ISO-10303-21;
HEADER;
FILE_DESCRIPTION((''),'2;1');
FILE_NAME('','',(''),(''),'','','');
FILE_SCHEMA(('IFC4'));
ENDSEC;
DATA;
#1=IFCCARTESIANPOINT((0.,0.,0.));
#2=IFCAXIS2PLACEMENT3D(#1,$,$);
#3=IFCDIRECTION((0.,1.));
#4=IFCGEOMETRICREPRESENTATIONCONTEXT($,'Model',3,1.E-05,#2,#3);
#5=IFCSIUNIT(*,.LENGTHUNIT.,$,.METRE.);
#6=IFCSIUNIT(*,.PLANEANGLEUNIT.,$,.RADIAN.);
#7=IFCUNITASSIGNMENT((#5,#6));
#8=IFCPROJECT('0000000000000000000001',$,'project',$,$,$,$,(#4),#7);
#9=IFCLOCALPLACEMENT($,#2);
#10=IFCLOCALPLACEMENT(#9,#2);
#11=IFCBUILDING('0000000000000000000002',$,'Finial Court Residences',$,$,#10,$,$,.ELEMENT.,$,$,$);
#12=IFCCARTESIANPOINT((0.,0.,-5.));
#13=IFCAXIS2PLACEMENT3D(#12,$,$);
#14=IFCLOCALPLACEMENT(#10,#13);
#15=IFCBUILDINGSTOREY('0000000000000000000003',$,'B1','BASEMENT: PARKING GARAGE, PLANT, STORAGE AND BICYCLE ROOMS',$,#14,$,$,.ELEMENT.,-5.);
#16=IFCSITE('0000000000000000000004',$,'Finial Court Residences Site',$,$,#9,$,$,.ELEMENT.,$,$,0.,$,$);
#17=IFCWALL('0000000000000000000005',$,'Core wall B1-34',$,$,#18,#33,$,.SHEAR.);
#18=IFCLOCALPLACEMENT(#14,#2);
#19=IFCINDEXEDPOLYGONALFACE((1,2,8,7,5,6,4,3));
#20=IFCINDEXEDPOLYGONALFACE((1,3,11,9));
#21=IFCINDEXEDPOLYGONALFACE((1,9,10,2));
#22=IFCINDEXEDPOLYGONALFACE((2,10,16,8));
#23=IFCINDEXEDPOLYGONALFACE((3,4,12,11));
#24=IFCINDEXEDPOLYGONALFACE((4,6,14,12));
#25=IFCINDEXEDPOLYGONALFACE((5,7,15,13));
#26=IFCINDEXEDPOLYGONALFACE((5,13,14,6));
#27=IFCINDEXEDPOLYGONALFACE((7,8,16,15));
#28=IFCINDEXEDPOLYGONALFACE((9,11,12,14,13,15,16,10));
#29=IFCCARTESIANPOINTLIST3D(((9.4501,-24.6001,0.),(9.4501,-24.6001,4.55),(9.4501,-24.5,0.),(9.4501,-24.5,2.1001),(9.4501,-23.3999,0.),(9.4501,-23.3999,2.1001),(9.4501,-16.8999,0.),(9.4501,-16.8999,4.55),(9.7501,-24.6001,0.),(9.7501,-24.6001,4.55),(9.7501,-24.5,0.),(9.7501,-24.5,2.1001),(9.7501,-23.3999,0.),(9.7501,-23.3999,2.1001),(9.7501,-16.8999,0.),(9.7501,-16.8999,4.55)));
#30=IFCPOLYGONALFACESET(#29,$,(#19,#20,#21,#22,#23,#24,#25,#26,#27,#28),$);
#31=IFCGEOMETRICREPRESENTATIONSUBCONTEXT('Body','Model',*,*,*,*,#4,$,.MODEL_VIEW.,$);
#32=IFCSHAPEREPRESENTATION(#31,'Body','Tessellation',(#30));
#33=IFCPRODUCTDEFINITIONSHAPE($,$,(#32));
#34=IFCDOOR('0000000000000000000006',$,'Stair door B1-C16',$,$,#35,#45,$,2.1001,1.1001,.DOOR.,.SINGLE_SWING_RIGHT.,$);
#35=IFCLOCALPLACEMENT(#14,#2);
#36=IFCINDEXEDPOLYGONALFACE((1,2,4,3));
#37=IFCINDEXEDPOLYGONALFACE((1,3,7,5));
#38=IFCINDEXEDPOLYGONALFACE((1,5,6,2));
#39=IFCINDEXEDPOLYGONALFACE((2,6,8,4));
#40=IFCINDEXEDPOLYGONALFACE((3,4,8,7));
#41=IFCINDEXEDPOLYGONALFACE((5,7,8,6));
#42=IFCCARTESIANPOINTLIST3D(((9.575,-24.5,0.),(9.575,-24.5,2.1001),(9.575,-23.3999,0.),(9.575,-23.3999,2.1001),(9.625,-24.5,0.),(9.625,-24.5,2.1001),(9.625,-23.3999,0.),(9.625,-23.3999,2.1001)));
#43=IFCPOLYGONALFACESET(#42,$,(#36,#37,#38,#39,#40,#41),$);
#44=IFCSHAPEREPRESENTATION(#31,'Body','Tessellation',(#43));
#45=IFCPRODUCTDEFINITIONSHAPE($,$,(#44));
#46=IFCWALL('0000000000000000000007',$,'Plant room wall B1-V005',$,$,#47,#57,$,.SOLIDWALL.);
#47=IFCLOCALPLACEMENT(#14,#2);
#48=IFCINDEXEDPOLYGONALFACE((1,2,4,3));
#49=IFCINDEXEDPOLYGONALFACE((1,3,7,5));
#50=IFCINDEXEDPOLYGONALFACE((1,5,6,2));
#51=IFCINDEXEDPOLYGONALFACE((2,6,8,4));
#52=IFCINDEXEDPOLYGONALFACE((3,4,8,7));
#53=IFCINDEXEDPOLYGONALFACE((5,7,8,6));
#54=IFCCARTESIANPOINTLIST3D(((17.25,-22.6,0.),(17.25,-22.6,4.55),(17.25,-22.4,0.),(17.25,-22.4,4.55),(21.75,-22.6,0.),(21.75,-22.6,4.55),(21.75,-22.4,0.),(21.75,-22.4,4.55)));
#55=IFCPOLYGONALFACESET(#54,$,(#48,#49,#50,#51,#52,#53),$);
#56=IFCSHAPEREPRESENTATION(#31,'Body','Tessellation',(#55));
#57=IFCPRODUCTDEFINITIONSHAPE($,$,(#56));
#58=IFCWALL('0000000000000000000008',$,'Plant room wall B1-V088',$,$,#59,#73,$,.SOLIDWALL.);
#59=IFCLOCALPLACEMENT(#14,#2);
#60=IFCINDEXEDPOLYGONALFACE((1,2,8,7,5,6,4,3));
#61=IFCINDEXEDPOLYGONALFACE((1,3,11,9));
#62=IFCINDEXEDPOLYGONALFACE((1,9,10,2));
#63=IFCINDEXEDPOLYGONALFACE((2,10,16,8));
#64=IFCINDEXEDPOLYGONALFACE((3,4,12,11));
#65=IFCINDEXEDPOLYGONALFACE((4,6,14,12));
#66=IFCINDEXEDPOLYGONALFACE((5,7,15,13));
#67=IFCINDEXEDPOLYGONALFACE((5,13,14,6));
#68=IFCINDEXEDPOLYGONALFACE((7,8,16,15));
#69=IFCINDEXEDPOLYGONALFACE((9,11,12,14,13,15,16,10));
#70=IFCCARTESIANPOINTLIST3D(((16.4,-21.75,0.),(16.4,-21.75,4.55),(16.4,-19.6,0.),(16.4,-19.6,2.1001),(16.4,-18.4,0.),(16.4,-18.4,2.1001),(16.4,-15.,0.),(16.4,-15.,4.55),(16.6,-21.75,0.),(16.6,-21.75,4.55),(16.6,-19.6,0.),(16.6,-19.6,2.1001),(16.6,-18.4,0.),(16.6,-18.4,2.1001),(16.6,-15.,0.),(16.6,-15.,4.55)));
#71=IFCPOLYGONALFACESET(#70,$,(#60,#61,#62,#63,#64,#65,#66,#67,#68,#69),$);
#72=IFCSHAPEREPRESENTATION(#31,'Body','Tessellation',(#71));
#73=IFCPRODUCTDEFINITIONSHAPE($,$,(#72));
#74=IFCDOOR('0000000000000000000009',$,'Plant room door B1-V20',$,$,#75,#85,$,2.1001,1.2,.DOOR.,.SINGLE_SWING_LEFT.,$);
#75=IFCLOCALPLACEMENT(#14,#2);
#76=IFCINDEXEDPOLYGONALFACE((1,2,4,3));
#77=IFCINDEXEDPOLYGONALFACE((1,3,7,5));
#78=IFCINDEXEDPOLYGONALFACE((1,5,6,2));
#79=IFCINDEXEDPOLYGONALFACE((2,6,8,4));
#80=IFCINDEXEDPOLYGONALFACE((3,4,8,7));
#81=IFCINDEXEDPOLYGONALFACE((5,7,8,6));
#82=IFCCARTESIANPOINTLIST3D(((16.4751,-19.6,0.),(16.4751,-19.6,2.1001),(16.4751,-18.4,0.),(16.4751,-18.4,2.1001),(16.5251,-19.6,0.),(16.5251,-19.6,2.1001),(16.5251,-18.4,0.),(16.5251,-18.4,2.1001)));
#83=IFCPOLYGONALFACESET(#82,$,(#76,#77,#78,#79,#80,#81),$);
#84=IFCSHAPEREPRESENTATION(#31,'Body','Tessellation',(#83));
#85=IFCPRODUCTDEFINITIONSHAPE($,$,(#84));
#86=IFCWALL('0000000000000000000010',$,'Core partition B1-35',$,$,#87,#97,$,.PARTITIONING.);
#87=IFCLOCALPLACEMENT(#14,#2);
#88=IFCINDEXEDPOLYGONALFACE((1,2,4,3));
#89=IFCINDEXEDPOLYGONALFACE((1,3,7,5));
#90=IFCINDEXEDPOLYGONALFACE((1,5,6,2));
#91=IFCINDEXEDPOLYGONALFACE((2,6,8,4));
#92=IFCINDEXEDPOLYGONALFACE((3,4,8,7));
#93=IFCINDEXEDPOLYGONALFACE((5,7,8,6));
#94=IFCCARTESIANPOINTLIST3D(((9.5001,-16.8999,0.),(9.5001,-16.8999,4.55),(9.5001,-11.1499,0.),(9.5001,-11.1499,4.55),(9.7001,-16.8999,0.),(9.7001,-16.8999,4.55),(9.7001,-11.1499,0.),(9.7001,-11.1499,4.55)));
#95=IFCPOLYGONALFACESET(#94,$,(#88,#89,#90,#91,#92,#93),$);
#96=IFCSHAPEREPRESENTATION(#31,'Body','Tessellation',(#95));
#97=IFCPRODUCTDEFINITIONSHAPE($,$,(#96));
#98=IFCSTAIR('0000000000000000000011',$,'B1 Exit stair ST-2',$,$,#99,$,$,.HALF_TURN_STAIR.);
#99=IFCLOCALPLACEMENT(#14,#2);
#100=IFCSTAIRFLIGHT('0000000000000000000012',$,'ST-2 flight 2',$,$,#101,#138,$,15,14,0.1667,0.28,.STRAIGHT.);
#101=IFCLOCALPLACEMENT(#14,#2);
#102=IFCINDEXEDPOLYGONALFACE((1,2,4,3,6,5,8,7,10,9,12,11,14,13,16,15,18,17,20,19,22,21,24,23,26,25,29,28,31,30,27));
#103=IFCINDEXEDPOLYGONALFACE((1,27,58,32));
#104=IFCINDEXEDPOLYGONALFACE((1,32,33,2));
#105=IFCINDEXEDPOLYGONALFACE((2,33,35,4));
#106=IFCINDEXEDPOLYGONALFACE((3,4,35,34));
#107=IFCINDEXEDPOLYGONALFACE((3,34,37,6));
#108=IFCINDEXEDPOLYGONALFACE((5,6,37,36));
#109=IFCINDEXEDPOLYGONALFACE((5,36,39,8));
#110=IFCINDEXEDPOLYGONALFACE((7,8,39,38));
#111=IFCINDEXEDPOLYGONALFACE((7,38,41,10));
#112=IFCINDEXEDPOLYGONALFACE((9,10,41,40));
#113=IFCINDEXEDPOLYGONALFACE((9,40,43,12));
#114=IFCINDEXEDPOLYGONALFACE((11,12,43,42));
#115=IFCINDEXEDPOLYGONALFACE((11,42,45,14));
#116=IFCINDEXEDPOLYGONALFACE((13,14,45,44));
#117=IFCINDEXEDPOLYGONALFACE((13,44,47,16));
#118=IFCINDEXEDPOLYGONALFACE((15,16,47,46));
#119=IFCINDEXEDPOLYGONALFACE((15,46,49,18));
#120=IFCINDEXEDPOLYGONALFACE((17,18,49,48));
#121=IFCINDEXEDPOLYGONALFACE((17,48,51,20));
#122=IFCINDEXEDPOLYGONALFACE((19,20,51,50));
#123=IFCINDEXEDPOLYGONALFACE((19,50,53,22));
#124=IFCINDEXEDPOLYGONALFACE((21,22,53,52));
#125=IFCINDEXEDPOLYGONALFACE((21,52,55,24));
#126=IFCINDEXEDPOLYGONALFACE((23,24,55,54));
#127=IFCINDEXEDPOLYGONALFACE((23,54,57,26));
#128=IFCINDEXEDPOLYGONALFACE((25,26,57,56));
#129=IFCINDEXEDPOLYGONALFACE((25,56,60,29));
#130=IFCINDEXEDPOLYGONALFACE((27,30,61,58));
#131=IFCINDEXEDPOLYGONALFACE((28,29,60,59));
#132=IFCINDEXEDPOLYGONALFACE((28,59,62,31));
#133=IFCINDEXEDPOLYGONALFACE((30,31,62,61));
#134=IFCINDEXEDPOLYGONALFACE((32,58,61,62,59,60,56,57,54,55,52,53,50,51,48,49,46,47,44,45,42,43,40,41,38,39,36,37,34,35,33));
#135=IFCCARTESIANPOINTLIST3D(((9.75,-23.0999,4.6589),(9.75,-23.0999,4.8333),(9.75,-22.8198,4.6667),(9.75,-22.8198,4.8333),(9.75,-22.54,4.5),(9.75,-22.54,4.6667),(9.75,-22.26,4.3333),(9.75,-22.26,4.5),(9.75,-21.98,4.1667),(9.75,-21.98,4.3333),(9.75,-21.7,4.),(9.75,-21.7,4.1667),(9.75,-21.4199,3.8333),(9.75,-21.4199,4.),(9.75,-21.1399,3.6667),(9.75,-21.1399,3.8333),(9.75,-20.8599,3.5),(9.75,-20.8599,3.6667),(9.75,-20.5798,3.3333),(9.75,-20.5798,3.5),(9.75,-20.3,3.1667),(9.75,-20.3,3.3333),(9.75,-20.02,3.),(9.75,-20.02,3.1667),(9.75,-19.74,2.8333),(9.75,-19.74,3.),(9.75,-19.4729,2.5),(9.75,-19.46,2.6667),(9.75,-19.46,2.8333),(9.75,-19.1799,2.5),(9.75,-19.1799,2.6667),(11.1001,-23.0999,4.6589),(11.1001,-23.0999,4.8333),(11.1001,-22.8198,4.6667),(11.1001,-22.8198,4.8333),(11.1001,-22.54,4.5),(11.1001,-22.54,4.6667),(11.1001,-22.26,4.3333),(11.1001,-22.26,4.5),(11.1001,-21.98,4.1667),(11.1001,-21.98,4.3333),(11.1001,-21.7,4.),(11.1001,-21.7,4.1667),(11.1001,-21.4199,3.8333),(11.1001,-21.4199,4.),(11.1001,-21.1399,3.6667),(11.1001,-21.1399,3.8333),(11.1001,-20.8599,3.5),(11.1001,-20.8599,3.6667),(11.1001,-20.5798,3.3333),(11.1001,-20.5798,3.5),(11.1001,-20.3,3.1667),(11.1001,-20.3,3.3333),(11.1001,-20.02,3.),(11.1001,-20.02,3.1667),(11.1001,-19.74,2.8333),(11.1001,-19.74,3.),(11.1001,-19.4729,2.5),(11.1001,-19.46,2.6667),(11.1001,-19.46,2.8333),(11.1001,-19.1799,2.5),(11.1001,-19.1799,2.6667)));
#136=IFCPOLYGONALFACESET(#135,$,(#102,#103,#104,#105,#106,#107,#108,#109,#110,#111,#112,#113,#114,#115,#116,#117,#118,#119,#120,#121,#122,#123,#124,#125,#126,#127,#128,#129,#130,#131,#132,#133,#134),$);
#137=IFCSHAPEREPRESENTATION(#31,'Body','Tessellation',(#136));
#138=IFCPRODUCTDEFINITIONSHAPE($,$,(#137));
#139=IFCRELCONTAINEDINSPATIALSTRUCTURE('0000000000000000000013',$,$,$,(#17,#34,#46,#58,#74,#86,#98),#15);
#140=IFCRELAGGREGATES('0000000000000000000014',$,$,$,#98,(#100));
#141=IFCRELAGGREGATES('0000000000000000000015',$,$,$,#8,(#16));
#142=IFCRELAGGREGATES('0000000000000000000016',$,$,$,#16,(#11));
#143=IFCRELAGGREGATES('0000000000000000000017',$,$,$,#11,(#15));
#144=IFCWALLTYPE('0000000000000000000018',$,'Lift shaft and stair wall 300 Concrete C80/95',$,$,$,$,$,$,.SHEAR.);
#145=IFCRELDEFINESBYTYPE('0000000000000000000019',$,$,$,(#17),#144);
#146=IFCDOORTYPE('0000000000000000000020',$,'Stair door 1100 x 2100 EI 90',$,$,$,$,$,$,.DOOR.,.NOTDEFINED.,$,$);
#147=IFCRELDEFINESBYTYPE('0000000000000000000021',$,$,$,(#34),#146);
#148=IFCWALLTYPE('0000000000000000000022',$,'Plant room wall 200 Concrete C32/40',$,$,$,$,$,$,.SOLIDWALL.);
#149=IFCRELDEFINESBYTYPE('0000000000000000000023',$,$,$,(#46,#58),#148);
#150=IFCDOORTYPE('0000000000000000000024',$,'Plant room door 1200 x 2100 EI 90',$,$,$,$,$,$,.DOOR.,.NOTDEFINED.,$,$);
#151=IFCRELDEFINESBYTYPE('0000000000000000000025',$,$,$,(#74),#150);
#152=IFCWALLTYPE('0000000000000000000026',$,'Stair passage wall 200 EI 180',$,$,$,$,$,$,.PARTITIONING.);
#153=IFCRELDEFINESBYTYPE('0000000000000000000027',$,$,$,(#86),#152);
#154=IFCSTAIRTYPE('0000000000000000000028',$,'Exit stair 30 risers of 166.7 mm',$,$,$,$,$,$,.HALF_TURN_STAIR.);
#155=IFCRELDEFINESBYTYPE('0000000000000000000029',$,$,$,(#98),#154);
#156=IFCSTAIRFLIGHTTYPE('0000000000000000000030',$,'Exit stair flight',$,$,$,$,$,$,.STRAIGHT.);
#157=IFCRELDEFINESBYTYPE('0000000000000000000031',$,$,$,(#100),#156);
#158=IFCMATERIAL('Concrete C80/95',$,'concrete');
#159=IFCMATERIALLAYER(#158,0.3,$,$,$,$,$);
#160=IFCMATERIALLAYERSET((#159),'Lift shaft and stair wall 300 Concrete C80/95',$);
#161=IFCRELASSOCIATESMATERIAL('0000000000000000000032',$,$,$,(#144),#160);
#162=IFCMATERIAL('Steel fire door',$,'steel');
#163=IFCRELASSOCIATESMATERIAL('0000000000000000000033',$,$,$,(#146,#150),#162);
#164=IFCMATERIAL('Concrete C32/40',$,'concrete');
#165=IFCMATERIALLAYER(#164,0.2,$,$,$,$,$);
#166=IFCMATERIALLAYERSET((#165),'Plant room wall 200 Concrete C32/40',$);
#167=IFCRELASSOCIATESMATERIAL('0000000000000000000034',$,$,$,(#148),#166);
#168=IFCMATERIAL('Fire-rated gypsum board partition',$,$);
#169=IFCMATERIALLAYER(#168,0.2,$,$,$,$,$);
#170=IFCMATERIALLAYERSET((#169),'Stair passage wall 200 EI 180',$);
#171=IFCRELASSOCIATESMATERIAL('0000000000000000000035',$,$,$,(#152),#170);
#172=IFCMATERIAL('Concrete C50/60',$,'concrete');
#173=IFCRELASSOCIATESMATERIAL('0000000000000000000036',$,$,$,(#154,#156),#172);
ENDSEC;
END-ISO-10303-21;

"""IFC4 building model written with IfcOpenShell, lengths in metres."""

from ifc_helpers import new_model, si_unit, direction, frame, frame_2d, origin, place, context, subcontext, project, spatial, polyline, rectangle, outline, extrude, material, layer, layer_set, type_object, element, fill, aggregate, save


model = new_model("IFC4")

# Units and contexts
model_context = context("Model", 3, precision=1e-05, world=origin(), true_north=direction((0.0, 1.0)))
body_context = subcontext(model_context, "Body", "Model", "MODEL_VIEW")
ifc_project = project(units=[si_unit("LENGTHUNIT", "METRE"), si_unit("PLANEANGLEUNIT", "RADIAN")], contexts=[model_context])

# Site, building, storey
site_placement = place(None, origin())
site = spatial("IfcSite", under=ifc_project, at=site_placement, Name="Finial Court Residences Site", CompositionType="ELEMENT", RefElevation=0.0)
building_placement = place(site_placement, origin())
building = spatial("IfcBuilding", under=site, at=building_placement, Name="Finial Court Residences", CompositionType="ELEMENT")
storey_placement = place(building_placement, frame((0.0, 0.0, -5.0)))
storey = spatial("IfcBuildingStorey", under=building, at=storey_placement, Name="B1", Description="BASEMENT: PARKING GARAGE, PLANT, STORAGE AND BICYCLE ROOMS", CompositionType="ELEMENT", Elevation=-5.0)

# Shared definitions
ifc_material_1 = material(Name="Fire-rated gypsum board partition")
ifc_material_2 = material(Name="Steel fire door", Category="steel")

# Shared definitions
ifc_material_3 = material(Name="Concrete C80/95", Category="concrete")
ifc_layer_1 = layer(ifc_material_3, 0.3)
ifc_layer_set_1 = layer_set([ifc_layer_1], Name="Lift shaft and stair wall 300 Concrete C80/95")
wall_type_1 = type_object("IfcWallType", Name="Lift shaft and stair wall 300 Concrete C80/95", PredefinedType="SHEAR", material=ifc_layer_set_1)

# Wall, opening, door
wall_1_placement = place(storey_placement, frame((9.6001, -16.8999, 0.0), z_axis=(0.0, 0.0, 1.0), x_axis=(0.0, -1.0, 0.0)))
wall_1 = element("IfcWall", 1, at=wall_1_placement, inside=storey, type_object=wall_type_1, Name="Core wall B1-34", PredefinedType="SHEAR", context=body_context, shape_type="SweptSolid", body=[
    extrude(rectangle(XDim=7.7002, YDim=0.3, at=frame_2d((3.8501, 0.0))), origin(), (0.0, 0.0, 1.0), 4.55),
])
opening_1_placement = place(wall_1_placement, frame((6.5, 0.0, 0.0)))
opening_1 = element("IfcOpeningElement", 2, at=opening_1_placement, cuts=wall_1, PredefinedType="OPENING", context=body_context, shape_type="SweptSolid", body=[
    extrude(rectangle(XDim=1.1001, YDim=2.1001, at=frame_2d((0.55, 1.05))), frame((0.0, 0.1599, 0.0), z_axis=(0.0, -1.0, 0.0), x_axis=(1.0, 0.0, 0.0)), (0.0, 0.0, 1.0), 0.3201),
])
door_type_1 = type_object("IfcDoorType", Name="Stair door 1100 x 2100 EI 90", OperationType="NOTDEFINED", PredefinedType="DOOR", material=ifc_material_2)
door_1_placement = place(opening_1_placement, origin())
door_1 = element("IfcDoor", 3, at=door_1_placement, inside=storey, type_object=door_type_1, Name="Stair door B1-C16", OperationType="SINGLE_SWING_RIGHT", OverallHeight=2.1001, OverallWidth=1.1001, PredefinedType="DOOR", context=body_context, shape_type="SweptSolid", body=[
    extrude(rectangle(XDim=1.1001, YDim=2.1001, at=frame_2d((0.55, 1.05))), frame((0.0, 0.0249, 0.0), z_axis=(0.0, -1.0, 0.0), x_axis=(1.0, 0.0, 0.0)), (0.0, 0.0, 1.0), 0.05),
])
fill(opening_1, door_1)

# Wall
ifc_material_4 = material(Name="Concrete C32/40", Category="concrete")
ifc_layer_2 = layer(ifc_material_4, 0.2)
ifc_layer_set_2 = layer_set([ifc_layer_2], Name="Plant room wall 200 Concrete C32/40")
wall_type_2 = type_object("IfcWallType", Name="Plant room wall 200 Concrete C32/40", PredefinedType="SOLIDWALL", material=ifc_layer_set_2)
wall_2_placement = place(storey_placement, frame((17.25, -22.5, 0.0), z_axis=(0.0, 0.0, 1.0), x_axis=(1.0, 0.0, 0.0)))
element("IfcWall", 4, at=wall_2_placement, inside=storey, type_object=wall_type_2, Name="Plant room wall B1-V005", PredefinedType="SOLIDWALL", context=body_context, shape_type="SweptSolid", body=[
    extrude(rectangle(XDim=4.5, YDim=0.2, at=frame_2d((2.25, 0.0))), origin(), (0.0, 0.0, 1.0), 4.55),
])

# Wall, opening, door
wall_3_placement = place(storey_placement, frame((16.5, -21.75, 0.0), z_axis=(0.0, 0.0, 1.0), x_axis=(0.0, 1.0, 0.0)))
wall_3 = element("IfcWall", 5, at=wall_3_placement, inside=storey, type_object=wall_type_2, Name="Plant room wall B1-V088", PredefinedType="SOLIDWALL", context=body_context, shape_type="SweptSolid", body=[
    extrude(rectangle(XDim=6.75, YDim=0.2, at=frame_2d((3.375, 0.0))), origin(), (0.0, 0.0, 1.0), 4.55),
])
opening_2_placement = place(wall_3_placement, frame((2.1499, 0.0, 0.0)))
opening_2 = element("IfcOpeningElement", 6, at=opening_2_placement, cuts=wall_3, PredefinedType="OPENING", context=body_context, shape_type="SweptSolid", body=[
    extrude(rectangle(XDim=1.2, YDim=2.1001, at=frame_2d((0.6001, 1.05))), frame((0.0, 0.1099, 0.0), z_axis=(0.0, -1.0, 0.0), x_axis=(1.0, 0.0, 0.0)), (0.0, 0.0, 1.0), 0.22),
])
door_type_2 = type_object("IfcDoorType", Name="Plant room door 1200 x 2100 EI 90", OperationType="NOTDEFINED", PredefinedType="DOOR", material=ifc_material_2)
door_2_placement = place(opening_2_placement, origin())
door_2 = element("IfcDoor", 7, at=door_2_placement, inside=storey, type_object=door_type_2, Name="Plant room door B1-V20", OperationType="SINGLE_SWING_LEFT", OverallHeight=2.1001, OverallWidth=1.2, PredefinedType="DOOR", context=body_context, shape_type="SweptSolid", body=[
    extrude(rectangle(XDim=1.2, YDim=2.1001, at=frame_2d((0.6001, 1.05))), frame((0.0, 0.0249, 0.0), z_axis=(0.0, -1.0, 0.0), x_axis=(1.0, 0.0, 0.0)), (0.0, 0.0, 1.0), 0.05),
])
fill(opening_2, door_2)

# Wall
ifc_layer_3 = layer(ifc_material_1, 0.2)
ifc_layer_set_3 = layer_set([ifc_layer_3], Name="Stair passage wall 200 EI 180")
wall_type_3 = type_object("IfcWallType", Name="Stair passage wall 200 EI 180", PredefinedType="PARTITIONING", material=ifc_layer_set_3)
wall_4_placement = place(storey_placement, frame((9.6001, -16.8999, 0.0), z_axis=(0.0, 0.0, 1.0), x_axis=(0.0, 1.0, 0.0)))
element("IfcWall", 8, at=wall_4_placement, inside=storey, type_object=wall_type_3, Name="Core partition B1-35", PredefinedType="PARTITIONING", context=body_context, shape_type="SweptSolid", body=[
    extrude(rectangle(XDim=5.75, YDim=0.2, at=frame_2d((2.875, 0.0))), origin(), (0.0, 0.0, 1.0), 4.55),
])

# Stair, stair flight
ifc_material_5 = material(Name="Concrete C50/60", Category="concrete")
stair_type = type_object("IfcStairType", Name="Exit stair 30 risers of 166.7 mm", PredefinedType="HALF_TURN_STAIR", material=ifc_material_5)
stair_placement = place(storey_placement, origin())
stair = element("IfcStair", 9, at=stair_placement, inside=storey, type_object=stair_type, Name="B1 Exit stair ST-2", PredefinedType="HALF_TURN_STAIR")
stair_flight_type = type_object("IfcStairFlightType", Name="Exit stair flight", PredefinedType="STRAIGHT", material=ifc_material_5)
stair_flight_placement = place(storey_placement, frame((10.425, -19.1799, 2.5), z_axis=(0.0, 0.0, 1.0), x_axis=(0.0, -1.0, 0.0)))
stair_flight = element("IfcStairFlight", 10, at=stair_flight_placement, type_object=stair_flight_type, Name="ST-2 flight 2", NumberOfRisers=15, NumberOfTreads=14, PredefinedType="STRAIGHT", RiserHeight=0.1667, TreadLength=0.28, context=body_context, shape_type="SweptSolid", body=[
    extrude(outline(polyline([(0.0, 0.0), (0.0, 0.1667), (0.28, 0.1667), (0.28, 0.3333), (0.5601, 0.3333), (0.5601, 0.5), (0.8401, 0.5), (0.8401, 0.6667), (1.1201, 0.6667), (1.1201, 0.8333), (1.3999, 0.8333), (1.3999, 1.0), (1.6799, 1.0), (1.6799, 1.1667), (1.96, 1.1667), (1.96, 1.3333), (2.24, 1.3333), (2.24, 1.5), (2.52, 1.5), (2.52, 1.6667), (2.8, 1.6667), (2.8, 1.8333), (3.0801, 1.8333), (3.0801, 2.0), (3.3601, 2.0), (3.3601, 2.1667), (3.6399, 2.1667), (3.6399, 2.3333), (3.9199, 2.3333), (3.9199, 2.5), (3.9199, 2.1589), (0.293, 0.0), (0.0, 0.0)])), frame((0.0, 0.675, 0.0), z_axis=(0.0, -1.0, 0.0), x_axis=(1.0, 0.0, 0.0)), (0.0, 0.0, 1.0), 1.3501),
])
aggregate(stair, [stair_flight])

save(model, "model.ifc")
